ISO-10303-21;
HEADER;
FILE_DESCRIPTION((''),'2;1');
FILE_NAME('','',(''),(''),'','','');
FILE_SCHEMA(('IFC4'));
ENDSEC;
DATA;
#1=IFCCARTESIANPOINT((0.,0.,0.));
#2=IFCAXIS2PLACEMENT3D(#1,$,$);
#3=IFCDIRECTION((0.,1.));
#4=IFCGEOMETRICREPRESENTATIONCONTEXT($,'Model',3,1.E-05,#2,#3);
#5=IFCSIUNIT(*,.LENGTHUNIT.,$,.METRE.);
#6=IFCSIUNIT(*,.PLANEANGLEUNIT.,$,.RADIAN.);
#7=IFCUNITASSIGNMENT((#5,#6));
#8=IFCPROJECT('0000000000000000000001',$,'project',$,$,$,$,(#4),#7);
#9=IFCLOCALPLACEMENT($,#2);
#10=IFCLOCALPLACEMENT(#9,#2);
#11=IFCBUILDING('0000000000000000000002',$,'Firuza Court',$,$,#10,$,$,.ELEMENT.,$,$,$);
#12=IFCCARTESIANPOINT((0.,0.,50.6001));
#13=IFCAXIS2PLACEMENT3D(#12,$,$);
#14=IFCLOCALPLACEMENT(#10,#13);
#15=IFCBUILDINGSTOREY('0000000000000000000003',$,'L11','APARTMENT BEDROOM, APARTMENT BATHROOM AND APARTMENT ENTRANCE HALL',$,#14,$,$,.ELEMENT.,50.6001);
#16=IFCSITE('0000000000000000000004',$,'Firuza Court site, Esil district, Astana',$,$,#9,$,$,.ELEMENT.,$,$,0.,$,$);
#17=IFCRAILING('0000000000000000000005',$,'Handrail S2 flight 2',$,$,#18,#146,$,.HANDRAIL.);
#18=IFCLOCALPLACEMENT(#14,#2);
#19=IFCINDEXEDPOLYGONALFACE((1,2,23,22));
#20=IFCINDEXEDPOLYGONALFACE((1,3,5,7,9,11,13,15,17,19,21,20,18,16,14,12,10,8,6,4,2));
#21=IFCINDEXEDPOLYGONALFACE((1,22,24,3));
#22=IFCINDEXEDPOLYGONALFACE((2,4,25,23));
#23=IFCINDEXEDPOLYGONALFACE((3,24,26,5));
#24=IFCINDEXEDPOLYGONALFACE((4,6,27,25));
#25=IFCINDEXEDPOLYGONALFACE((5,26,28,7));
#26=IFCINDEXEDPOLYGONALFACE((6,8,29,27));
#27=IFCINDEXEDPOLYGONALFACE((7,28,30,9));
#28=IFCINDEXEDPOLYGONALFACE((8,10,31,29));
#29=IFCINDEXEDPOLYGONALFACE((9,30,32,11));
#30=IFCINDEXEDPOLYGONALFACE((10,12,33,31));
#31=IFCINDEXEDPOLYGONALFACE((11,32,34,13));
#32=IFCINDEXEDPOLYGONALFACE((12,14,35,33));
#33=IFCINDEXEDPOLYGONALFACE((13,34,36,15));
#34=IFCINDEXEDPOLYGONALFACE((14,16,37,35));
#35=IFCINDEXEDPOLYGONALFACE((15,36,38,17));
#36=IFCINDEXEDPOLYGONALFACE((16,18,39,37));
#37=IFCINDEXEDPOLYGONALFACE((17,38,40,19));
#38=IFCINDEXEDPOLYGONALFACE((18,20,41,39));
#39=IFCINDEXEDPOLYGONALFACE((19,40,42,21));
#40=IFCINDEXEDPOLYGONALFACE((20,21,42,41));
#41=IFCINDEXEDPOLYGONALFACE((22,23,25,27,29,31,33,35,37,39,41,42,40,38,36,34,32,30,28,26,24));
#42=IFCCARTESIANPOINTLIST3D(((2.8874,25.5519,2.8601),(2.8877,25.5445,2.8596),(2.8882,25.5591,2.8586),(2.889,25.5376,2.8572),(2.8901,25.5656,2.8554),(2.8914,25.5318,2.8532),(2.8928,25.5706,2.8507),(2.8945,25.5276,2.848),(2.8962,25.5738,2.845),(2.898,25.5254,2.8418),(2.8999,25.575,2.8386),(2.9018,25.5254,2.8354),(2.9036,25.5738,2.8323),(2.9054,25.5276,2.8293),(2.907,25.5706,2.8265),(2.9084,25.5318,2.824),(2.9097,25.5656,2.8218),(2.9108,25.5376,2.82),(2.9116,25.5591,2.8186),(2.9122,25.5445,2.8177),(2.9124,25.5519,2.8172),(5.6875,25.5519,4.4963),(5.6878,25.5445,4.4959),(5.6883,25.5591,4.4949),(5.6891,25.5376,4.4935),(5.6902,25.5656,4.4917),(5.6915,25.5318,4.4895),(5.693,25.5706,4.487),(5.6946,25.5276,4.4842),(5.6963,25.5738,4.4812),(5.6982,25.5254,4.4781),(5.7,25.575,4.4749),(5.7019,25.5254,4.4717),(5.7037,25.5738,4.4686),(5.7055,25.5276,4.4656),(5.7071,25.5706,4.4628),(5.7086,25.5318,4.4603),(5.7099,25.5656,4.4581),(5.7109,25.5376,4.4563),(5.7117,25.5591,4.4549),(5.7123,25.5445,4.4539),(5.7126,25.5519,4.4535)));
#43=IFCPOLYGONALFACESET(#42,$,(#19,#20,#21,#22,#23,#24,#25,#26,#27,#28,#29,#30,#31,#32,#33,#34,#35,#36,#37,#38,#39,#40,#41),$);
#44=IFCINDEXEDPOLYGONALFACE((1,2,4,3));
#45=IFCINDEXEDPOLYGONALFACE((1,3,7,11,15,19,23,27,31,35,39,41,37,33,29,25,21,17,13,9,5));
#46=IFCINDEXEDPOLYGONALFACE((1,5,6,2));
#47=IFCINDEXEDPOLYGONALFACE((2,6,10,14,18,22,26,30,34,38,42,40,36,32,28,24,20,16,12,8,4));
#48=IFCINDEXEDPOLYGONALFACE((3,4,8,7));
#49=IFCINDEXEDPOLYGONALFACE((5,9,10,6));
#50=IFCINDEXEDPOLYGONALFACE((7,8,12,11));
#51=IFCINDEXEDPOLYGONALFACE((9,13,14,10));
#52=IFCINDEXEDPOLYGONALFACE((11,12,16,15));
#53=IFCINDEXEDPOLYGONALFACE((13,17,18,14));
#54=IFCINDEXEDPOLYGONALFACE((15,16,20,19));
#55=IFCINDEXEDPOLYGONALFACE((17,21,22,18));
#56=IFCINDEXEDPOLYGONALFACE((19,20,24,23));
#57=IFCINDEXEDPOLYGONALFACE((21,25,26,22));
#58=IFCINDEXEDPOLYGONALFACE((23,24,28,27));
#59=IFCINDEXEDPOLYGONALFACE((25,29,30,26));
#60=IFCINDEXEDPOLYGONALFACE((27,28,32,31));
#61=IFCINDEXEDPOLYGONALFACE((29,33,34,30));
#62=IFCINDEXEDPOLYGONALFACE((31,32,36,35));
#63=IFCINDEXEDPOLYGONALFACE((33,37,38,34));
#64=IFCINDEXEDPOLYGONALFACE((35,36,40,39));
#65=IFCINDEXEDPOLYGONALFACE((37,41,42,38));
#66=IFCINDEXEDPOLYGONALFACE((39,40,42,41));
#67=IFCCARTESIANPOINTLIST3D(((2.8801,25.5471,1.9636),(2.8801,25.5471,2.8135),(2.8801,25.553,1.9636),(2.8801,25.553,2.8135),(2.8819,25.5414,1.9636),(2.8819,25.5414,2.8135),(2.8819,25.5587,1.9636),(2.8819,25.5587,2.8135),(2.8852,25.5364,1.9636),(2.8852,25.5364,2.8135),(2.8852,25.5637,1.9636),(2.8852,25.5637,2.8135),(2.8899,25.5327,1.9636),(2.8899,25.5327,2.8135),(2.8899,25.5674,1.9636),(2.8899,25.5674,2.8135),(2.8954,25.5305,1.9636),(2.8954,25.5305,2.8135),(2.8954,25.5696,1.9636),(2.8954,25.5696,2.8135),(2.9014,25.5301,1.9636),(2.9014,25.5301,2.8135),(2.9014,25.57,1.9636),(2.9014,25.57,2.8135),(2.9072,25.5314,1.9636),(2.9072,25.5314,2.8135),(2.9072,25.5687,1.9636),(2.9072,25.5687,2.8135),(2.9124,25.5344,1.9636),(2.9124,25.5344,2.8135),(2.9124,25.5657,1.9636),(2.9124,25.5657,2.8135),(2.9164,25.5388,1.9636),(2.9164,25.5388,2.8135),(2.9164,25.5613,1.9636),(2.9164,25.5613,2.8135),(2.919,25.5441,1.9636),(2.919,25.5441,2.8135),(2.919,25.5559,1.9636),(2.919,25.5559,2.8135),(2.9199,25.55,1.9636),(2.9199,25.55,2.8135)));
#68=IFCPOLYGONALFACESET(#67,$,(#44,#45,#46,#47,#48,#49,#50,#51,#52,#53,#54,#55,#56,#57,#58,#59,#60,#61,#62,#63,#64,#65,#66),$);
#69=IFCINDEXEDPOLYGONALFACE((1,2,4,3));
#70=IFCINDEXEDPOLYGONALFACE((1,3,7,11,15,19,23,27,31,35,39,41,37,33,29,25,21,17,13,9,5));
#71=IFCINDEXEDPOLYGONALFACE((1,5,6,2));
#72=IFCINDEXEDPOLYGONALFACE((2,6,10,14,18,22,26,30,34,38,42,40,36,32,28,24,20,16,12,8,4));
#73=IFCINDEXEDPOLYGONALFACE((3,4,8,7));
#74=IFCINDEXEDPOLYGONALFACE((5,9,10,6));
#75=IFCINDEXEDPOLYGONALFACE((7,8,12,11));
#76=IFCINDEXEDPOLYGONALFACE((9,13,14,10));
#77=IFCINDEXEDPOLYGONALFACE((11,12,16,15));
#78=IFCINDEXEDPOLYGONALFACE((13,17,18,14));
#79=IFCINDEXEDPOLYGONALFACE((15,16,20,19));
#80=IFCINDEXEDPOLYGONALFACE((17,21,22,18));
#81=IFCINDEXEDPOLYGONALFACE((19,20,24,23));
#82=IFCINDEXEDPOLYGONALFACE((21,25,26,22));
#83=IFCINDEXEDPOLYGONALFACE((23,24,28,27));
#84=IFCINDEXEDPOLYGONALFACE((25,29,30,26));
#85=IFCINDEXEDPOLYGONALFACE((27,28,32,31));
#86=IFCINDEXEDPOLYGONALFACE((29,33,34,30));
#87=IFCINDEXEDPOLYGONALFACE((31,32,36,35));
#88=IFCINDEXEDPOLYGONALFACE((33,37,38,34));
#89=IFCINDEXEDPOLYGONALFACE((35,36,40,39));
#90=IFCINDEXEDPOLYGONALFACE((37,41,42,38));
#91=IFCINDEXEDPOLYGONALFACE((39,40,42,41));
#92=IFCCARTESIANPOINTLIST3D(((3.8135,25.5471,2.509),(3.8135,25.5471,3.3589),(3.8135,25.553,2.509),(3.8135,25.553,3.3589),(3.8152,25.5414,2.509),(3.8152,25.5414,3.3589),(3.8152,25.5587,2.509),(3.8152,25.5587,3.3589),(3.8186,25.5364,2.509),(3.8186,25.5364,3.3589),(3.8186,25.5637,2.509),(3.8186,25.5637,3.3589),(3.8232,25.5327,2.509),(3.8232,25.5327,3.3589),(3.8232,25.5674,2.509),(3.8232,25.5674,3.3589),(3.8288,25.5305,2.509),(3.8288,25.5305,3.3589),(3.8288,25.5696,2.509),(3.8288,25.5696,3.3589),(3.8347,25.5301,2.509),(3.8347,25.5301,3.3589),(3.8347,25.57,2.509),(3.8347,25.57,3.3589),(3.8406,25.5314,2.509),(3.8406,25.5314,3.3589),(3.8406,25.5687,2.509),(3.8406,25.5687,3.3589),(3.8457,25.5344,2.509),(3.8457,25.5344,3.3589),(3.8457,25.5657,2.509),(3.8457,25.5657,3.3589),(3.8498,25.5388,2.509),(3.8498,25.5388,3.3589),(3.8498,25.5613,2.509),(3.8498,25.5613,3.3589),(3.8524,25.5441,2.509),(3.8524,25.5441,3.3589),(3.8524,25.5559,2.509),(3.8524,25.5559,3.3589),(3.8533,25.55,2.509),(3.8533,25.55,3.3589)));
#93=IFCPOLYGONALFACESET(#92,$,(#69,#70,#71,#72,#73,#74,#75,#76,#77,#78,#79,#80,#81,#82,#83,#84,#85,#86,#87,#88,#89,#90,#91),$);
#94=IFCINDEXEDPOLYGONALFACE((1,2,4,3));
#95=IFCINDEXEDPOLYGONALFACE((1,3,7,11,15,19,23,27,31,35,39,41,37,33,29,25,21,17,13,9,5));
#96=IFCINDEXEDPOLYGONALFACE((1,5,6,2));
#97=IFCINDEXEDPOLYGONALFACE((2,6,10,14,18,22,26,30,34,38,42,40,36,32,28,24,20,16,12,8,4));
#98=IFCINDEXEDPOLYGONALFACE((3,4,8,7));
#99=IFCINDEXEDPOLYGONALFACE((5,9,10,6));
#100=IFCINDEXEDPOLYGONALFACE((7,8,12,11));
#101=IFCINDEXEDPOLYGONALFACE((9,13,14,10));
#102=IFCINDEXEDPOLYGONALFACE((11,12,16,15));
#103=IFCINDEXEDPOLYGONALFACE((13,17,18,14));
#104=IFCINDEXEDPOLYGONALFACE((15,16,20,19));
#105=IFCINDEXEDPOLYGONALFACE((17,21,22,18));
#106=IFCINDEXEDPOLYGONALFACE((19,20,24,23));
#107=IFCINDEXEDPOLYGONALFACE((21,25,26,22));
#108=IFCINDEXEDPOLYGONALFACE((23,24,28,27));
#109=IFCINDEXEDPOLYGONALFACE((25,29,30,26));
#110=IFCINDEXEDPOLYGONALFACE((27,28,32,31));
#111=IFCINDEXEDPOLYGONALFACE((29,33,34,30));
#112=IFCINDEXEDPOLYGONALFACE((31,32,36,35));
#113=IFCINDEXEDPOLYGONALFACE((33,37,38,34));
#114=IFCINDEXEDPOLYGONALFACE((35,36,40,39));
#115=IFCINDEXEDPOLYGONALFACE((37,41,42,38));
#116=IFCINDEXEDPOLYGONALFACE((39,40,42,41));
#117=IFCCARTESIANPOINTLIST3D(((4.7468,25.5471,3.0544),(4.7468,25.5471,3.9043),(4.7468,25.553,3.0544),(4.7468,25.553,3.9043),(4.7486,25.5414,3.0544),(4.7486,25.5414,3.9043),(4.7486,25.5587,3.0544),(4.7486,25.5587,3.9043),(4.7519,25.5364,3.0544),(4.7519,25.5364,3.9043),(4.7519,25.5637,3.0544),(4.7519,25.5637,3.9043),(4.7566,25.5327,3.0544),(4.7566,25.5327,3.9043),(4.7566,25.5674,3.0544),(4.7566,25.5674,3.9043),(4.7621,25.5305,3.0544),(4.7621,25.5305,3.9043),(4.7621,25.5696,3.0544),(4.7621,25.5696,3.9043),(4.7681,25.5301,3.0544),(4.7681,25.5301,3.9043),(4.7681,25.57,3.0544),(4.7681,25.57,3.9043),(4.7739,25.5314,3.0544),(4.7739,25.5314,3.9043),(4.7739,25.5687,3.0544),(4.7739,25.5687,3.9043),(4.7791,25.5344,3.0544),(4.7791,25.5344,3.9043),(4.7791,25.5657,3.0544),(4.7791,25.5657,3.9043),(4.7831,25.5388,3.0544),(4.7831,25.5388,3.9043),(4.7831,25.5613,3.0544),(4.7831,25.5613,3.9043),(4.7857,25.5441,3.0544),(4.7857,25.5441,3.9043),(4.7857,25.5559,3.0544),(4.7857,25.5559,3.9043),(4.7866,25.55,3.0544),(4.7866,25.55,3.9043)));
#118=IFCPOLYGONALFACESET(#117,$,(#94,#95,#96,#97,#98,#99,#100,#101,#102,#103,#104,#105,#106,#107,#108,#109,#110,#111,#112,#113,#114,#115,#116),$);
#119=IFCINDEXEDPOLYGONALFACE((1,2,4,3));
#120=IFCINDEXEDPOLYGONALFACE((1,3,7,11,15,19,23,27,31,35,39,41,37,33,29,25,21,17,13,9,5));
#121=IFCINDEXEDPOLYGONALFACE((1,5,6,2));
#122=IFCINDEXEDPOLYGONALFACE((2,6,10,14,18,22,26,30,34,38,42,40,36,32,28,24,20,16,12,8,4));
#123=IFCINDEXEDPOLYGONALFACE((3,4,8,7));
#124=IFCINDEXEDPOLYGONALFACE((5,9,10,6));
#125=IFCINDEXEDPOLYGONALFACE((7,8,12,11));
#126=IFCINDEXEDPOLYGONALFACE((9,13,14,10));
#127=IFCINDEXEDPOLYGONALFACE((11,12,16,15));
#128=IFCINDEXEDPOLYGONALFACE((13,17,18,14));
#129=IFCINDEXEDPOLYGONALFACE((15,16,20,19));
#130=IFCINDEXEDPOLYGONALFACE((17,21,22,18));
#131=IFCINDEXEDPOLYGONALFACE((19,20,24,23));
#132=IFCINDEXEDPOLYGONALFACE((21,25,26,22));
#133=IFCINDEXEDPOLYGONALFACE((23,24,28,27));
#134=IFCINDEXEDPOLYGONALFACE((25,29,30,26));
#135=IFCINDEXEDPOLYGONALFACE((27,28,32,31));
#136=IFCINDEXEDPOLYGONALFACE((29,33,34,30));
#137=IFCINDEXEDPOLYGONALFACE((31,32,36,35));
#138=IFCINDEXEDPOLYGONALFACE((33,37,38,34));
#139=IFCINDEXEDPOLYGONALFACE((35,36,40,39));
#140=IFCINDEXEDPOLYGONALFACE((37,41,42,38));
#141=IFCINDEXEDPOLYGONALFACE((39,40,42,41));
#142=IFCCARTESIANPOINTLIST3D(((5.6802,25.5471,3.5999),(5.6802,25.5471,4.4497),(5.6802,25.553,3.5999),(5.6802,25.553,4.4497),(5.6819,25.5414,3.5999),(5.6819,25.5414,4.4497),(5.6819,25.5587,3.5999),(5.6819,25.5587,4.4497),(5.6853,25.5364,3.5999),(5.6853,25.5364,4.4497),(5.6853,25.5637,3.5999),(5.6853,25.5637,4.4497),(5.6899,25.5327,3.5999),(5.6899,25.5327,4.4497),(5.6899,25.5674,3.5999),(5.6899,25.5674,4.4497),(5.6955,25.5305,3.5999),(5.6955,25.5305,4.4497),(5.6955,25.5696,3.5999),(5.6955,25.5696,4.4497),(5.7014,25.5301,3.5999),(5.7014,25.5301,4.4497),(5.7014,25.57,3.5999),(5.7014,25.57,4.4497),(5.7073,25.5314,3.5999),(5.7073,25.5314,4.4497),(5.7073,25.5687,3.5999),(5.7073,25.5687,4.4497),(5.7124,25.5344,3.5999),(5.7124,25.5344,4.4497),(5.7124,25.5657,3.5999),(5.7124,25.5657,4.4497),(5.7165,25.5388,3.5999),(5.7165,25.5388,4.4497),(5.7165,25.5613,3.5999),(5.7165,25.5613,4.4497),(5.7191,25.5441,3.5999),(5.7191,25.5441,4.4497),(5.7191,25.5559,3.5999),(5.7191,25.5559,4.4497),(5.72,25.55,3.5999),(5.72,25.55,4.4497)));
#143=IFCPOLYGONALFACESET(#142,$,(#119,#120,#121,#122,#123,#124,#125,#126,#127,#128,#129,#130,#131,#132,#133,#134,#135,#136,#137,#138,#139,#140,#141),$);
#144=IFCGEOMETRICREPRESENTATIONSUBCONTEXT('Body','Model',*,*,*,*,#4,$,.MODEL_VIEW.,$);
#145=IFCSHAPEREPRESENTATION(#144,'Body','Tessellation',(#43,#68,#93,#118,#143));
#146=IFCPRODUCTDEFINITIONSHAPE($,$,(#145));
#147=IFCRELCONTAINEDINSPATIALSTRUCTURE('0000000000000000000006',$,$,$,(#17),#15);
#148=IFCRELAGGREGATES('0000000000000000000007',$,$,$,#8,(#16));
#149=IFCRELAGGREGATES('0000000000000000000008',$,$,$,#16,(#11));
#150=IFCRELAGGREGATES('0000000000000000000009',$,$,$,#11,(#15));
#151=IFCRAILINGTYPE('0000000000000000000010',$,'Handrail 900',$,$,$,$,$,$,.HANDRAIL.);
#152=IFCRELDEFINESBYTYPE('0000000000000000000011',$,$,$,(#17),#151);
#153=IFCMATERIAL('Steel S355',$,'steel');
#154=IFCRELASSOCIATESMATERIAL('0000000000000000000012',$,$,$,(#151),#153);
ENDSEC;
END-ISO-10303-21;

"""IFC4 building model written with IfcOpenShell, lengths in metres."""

from ifc_helpers import new_model, si_unit, direction, frame, origin, origin_2d, place, context, subcontext, project, spatial, circle, extrude, material, type_object, element, save


model = new_model("IFC4")

# Units and contexts
model_context = context("Model", 3, precision=1e-05, world=origin(), true_north=direction((0.0, 1.0)))
body_context = subcontext(model_context, "Body", "Model", "MODEL_VIEW")
ifc_project = project(units=[si_unit("LENGTHUNIT", "METRE"), si_unit("PLANEANGLEUNIT", "RADIAN")], contexts=[model_context])

# Site, building, storey
site_placement = place(None, origin())
site = spatial("IfcSite", under=ifc_project, at=site_placement, Name="Firuza Court site, Esil district, Astana", CompositionType="ELEMENT", RefElevation=0.0)
building_placement = place(site_placement, origin())
building = spatial("IfcBuilding", under=site, at=building_placement, Name="Firuza Court", CompositionType="ELEMENT")
storey_placement = place(building_placement, frame((0.0, 0.0, 50.6001)))
storey = spatial("IfcBuildingStorey", under=building, at=storey_placement, Name="L11", Description="APARTMENT BEDROOM, APARTMENT BATHROOM AND APARTMENT ENTRANCE HALL", CompositionType="ELEMENT", Elevation=50.6001)

# Railing
ifc_material_1 = material(Name="Steel S355", Category="steel")
railing_type = type_object("IfcRailingType", Name="Handrail 900", PredefinedType="HANDRAIL", material=ifc_material_1)
railing_1_placement = place(storey_placement, frame((2.8999, 25.55, 1.9636)))
element("IfcRailing", 1, at=railing_1_placement, inside=storey, type_object=railing_type, Name="Handrail S2 flight 2", PredefinedType="HANDRAIL", context=body_context, shape_type="SweptSolid", body=[
    extrude(circle(Radius=0.0249, at=origin_2d()), frame((0.0, 0.0, 0.875), z_axis=(0.863394, 0.0, 0.504531), x_axis=(0.0, 1.0, 0.0)), (0.0, 0.0, 1.0), 3.2432),
    extrude(circle(Radius=0.02, at=origin_2d()), origin(), (0.0, 0.0, 1.0), 0.8499),
    extrude(circle(Radius=0.02, at=origin_2d()), frame((0.9333, 0.0, 0.5454)), (0.0, 0.0, 1.0), 0.8499),
    extrude(circle(Radius=0.02, at=origin_2d()), frame((1.8667, 0.0, 1.0908)), (0.0, 0.0, 1.0), 0.8499),
    extrude(circle(Radius=0.02, at=origin_2d()), frame((2.8, 0.0, 1.6362)), (0.0, 0.0, 1.0), 0.8499),
])

save(model, "model.ifc")
